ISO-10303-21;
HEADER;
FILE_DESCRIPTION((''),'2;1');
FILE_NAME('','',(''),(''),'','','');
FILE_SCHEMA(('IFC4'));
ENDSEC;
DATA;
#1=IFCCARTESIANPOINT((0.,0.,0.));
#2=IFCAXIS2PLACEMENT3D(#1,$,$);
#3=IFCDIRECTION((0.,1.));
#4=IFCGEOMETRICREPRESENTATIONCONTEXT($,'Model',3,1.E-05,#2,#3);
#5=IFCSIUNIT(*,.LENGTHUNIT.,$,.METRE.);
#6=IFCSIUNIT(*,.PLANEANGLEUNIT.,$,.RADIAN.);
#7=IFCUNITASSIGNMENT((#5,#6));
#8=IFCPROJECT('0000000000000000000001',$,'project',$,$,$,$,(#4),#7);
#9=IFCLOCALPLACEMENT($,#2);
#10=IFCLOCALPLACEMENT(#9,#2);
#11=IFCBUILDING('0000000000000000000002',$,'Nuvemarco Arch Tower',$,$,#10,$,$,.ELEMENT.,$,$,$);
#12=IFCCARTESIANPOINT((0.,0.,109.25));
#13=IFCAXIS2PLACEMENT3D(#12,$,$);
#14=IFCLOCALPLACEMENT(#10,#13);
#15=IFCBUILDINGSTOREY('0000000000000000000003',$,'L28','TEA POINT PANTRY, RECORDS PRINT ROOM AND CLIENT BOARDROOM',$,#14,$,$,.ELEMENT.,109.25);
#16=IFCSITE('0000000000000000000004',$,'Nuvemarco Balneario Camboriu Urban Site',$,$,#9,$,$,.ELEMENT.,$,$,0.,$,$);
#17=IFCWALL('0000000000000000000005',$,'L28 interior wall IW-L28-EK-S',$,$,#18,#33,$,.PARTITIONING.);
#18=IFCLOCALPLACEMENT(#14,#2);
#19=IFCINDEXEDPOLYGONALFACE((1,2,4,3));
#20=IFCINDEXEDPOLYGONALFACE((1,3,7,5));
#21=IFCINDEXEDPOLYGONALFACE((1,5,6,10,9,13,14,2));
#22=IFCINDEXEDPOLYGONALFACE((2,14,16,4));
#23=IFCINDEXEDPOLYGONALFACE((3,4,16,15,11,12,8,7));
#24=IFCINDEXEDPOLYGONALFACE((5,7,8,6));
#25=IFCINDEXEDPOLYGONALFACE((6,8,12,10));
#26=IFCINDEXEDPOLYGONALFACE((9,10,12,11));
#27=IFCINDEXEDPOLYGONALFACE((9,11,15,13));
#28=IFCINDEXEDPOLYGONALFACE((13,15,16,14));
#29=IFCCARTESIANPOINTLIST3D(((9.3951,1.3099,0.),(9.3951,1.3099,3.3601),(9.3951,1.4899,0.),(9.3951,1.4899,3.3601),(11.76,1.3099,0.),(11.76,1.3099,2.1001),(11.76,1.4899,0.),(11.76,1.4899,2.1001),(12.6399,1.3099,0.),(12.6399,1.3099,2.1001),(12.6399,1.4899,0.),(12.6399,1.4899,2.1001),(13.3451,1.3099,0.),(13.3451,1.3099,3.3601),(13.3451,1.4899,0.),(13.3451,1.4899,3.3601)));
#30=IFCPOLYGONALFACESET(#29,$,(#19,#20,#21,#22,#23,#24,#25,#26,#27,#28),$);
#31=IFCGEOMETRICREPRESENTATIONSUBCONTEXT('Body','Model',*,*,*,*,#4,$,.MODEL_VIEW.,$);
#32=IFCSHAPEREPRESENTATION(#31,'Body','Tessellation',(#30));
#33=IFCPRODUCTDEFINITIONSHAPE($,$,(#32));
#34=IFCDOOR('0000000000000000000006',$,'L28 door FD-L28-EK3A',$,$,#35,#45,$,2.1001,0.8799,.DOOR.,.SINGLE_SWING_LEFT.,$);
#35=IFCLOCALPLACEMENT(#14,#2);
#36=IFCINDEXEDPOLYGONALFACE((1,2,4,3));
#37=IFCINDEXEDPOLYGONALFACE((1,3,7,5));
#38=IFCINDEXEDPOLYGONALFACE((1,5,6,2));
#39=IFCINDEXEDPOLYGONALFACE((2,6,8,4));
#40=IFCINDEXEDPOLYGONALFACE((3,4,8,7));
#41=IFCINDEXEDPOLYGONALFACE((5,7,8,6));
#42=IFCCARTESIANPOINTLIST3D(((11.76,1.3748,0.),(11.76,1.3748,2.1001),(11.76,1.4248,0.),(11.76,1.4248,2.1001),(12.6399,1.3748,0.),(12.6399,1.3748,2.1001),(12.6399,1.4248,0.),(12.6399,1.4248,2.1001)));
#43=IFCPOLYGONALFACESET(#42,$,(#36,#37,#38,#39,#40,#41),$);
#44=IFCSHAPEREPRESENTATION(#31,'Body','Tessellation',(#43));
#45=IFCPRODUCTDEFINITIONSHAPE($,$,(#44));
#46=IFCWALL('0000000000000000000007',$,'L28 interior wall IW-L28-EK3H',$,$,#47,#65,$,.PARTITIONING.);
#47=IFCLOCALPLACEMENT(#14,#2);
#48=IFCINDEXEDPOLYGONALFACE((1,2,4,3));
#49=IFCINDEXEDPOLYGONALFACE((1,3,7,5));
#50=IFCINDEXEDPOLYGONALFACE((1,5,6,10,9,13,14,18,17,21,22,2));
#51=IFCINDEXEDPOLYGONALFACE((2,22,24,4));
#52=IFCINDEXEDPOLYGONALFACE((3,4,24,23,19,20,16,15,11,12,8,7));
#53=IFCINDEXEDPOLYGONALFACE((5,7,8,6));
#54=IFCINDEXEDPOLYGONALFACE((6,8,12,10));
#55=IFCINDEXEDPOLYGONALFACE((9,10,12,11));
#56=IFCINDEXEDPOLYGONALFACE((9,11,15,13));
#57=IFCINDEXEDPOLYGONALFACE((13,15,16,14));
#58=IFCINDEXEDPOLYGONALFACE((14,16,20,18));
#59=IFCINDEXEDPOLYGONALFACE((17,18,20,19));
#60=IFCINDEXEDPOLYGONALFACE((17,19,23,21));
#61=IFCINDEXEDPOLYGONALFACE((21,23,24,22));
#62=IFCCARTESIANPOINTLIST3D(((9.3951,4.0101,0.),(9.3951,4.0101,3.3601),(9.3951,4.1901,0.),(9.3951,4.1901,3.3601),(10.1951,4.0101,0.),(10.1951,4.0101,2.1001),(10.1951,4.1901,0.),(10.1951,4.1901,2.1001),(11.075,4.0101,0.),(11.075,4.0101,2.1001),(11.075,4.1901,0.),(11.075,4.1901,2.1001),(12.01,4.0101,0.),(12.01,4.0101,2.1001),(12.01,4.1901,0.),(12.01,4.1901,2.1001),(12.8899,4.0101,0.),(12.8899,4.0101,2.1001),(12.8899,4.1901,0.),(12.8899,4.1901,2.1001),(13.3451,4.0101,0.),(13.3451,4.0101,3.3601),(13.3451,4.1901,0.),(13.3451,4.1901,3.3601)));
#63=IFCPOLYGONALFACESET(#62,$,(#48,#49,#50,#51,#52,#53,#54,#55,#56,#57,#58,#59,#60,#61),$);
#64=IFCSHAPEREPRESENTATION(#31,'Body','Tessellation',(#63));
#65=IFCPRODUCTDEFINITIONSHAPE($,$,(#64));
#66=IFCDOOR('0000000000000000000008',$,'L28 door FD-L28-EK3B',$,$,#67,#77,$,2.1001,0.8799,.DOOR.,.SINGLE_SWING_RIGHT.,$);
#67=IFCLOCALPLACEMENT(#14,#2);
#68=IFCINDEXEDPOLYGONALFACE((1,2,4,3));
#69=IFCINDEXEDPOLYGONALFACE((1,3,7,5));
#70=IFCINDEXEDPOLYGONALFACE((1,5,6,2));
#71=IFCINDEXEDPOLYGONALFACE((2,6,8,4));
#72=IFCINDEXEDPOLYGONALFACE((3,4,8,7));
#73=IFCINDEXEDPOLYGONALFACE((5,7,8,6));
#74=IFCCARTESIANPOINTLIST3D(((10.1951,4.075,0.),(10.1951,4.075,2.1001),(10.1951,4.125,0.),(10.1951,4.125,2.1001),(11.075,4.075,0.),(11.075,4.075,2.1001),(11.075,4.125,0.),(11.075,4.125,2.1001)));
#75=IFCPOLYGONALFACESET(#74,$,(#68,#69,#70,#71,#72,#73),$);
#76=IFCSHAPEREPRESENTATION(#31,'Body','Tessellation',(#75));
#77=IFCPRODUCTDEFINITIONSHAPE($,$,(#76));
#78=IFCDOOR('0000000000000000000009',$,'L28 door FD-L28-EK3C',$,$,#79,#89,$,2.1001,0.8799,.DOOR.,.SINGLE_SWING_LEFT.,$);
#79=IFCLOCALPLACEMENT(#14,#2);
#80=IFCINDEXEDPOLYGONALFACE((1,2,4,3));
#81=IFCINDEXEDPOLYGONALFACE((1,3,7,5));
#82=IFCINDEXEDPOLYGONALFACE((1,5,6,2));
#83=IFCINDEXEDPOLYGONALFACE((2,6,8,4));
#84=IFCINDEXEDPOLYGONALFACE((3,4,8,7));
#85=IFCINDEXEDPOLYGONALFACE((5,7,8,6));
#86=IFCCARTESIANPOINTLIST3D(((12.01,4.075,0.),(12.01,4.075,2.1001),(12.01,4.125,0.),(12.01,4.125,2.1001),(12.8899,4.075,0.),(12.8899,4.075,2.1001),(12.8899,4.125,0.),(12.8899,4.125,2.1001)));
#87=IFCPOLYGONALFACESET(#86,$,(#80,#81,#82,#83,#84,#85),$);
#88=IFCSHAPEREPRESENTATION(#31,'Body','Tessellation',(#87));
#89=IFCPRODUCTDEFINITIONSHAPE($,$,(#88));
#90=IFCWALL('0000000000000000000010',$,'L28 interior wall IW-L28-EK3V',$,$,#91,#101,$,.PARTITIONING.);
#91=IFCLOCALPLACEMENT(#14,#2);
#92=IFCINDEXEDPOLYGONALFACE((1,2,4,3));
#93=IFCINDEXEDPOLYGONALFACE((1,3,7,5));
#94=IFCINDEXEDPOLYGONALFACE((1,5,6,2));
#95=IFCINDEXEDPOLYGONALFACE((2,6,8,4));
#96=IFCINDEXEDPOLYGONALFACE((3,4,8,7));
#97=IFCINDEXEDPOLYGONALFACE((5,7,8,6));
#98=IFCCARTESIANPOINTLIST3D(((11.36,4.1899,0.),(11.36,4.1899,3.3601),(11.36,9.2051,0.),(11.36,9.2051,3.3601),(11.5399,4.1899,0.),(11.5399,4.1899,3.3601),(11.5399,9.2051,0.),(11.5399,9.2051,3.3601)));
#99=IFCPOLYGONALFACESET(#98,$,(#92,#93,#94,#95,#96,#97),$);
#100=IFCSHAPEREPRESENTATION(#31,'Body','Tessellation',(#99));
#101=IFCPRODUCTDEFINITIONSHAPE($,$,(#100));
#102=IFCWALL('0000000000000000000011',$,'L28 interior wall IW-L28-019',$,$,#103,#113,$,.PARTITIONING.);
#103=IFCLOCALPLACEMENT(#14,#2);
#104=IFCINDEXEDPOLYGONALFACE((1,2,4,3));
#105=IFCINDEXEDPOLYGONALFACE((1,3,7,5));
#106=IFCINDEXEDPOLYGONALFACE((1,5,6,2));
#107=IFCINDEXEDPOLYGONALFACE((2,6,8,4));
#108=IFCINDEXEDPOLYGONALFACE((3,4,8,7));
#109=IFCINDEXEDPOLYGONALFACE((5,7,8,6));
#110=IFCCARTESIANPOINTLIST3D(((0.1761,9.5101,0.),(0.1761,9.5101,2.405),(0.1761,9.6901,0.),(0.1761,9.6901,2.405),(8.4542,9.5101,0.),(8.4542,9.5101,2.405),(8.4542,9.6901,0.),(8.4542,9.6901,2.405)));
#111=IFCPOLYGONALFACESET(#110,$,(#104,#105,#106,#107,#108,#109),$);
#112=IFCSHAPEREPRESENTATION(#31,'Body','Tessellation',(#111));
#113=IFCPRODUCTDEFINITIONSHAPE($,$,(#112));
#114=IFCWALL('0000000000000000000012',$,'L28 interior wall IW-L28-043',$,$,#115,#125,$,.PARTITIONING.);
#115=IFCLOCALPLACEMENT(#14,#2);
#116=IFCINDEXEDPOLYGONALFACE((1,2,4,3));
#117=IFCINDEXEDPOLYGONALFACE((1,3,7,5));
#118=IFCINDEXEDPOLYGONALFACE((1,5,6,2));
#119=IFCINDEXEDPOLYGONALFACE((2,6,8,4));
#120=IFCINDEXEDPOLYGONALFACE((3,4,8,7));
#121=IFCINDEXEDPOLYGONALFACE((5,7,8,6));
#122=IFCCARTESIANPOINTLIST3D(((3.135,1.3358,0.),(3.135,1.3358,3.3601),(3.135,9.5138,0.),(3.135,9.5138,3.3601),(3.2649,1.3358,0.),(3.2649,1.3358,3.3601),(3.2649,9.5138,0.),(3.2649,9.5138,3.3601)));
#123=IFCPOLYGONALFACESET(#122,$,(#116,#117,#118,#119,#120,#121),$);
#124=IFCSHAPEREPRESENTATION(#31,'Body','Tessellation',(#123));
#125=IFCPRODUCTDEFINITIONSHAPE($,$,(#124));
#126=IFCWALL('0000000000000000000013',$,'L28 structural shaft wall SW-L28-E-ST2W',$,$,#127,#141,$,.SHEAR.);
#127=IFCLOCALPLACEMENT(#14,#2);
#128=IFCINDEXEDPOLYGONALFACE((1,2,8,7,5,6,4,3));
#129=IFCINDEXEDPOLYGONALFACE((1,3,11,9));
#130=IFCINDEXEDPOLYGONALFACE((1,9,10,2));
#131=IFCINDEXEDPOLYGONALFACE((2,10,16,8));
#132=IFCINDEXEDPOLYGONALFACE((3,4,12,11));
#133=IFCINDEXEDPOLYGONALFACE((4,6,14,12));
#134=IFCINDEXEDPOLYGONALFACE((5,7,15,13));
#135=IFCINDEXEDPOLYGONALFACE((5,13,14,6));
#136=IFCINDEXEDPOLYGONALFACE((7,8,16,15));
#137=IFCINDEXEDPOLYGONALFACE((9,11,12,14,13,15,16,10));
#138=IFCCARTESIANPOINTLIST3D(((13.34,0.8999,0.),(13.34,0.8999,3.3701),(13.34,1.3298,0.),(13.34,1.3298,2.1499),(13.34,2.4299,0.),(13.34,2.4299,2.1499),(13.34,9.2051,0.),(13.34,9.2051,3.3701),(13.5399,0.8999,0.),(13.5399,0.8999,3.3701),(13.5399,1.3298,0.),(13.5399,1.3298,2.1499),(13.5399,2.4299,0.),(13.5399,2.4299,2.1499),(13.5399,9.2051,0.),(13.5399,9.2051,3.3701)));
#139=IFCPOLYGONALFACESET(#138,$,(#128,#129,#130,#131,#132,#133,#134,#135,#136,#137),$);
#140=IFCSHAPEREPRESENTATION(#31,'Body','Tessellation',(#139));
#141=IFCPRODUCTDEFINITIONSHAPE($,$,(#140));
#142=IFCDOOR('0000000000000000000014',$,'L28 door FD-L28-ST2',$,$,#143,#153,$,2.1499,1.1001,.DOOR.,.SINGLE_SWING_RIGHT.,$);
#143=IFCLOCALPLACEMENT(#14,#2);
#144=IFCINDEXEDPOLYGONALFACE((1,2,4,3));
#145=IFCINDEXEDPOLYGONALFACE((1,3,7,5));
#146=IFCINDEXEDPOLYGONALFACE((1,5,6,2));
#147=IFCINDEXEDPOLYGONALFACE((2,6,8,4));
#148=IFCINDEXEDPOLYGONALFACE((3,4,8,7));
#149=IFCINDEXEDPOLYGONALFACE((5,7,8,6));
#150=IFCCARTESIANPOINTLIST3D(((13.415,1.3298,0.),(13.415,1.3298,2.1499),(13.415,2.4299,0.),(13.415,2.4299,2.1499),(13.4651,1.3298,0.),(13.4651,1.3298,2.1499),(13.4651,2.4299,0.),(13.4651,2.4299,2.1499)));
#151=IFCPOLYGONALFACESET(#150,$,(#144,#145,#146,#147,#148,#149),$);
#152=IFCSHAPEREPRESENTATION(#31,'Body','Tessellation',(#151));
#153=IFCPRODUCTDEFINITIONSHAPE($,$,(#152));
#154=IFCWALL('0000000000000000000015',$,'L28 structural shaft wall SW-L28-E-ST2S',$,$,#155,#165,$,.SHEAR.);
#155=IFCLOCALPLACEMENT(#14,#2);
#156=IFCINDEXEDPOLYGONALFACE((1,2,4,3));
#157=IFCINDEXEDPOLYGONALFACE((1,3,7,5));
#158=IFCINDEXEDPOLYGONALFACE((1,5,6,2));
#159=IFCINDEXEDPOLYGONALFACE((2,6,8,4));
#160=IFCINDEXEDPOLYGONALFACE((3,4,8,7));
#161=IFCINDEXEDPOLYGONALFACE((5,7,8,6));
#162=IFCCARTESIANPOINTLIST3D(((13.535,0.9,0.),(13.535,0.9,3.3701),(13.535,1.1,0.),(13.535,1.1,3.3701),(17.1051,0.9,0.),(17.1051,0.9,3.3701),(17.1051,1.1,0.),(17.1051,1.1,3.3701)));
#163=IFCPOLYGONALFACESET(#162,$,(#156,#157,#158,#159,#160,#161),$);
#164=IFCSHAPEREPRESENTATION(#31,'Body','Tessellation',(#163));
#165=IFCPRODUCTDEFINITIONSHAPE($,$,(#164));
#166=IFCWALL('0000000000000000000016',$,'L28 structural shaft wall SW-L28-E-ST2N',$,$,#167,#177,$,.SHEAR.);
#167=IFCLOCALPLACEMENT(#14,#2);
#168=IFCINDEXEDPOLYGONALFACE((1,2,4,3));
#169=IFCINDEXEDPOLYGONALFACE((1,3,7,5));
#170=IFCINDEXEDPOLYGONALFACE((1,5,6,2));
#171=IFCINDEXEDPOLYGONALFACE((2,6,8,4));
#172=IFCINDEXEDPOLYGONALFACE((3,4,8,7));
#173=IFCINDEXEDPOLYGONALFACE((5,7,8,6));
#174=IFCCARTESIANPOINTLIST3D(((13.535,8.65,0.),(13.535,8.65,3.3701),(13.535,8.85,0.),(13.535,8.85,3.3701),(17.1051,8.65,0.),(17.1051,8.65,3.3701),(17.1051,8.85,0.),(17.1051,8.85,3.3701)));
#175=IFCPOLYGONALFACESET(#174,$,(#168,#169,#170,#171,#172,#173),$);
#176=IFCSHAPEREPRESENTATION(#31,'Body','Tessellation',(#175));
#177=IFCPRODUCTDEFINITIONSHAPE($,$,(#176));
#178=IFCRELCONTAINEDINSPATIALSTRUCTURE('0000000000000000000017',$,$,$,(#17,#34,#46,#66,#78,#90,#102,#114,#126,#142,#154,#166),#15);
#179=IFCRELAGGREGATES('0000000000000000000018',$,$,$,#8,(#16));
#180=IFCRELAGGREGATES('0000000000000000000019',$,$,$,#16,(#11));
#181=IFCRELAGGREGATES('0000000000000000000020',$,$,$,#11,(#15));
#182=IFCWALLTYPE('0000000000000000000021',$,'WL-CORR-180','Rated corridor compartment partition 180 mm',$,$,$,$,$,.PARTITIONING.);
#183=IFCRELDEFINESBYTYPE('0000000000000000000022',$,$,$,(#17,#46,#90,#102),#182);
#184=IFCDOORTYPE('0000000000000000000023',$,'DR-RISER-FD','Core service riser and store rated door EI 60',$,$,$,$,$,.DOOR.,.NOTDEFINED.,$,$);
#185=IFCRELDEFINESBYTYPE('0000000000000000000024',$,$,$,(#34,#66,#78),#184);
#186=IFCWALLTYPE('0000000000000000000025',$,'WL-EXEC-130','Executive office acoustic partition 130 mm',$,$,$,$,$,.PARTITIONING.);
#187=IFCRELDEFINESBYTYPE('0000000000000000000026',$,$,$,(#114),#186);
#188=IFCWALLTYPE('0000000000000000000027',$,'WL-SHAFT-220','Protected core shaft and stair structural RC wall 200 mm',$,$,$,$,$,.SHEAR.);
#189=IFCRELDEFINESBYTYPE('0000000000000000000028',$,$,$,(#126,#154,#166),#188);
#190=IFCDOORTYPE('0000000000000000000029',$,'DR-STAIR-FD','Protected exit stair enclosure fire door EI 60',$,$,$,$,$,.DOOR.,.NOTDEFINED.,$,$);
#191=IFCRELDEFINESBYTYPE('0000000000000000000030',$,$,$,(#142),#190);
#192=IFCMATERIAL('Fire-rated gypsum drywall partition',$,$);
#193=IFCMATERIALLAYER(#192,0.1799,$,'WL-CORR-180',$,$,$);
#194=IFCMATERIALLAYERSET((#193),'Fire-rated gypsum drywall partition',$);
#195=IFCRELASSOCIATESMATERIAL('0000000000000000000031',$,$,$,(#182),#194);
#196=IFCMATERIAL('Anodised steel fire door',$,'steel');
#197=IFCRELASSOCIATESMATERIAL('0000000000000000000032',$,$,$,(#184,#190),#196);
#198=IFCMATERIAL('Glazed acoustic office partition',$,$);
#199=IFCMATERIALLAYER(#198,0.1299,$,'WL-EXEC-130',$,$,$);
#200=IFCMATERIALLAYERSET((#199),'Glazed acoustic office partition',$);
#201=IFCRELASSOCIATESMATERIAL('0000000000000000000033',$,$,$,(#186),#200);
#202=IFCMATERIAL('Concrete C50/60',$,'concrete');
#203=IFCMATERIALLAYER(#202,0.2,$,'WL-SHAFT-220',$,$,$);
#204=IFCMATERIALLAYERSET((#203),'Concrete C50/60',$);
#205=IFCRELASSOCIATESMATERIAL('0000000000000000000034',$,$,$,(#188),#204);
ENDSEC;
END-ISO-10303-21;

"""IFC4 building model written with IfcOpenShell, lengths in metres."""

from ifc_helpers import new_model, si_unit, direction, frame, frame_2d, origin, place, context, subcontext, project, spatial, rectangle, extrude, source, transform, mapped, material, layer, layer_set, type_object, type_shapes, element, fill, save


model = new_model("IFC4")

# Units and contexts
model_context = context("Model", 3, precision=1e-05, world=origin(), true_north=direction((0.0, 1.0)))
body_context = subcontext(model_context, "Body", "Model", "MODEL_VIEW")
ifc_project = project(units=[si_unit("LENGTHUNIT", "METRE"), si_unit("PLANEANGLEUNIT", "RADIAN")], contexts=[model_context])

# Site, building, storey
site_placement = place(None, origin())
site = spatial("IfcSite", under=ifc_project, at=site_placement, Name="Nuvemarco Balneario Camboriu Urban Site", CompositionType="ELEMENT", RefElevation=0.0)
building_placement = place(site_placement, origin())
building = spatial("IfcBuilding", under=site, at=building_placement, Name="Nuvemarco Arch Tower", CompositionType="ELEMENT")
storey_placement = place(building_placement, frame((0.0, 0.0, 109.25)))
storey = spatial("IfcBuildingStorey", under=building, at=storey_placement, Name="L28", Description="TEA POINT PANTRY, RECORDS PRINT ROOM AND CLIENT BOARDROOM", CompositionType="ELEMENT", Elevation=109.25)

# Wall, opening, door
ifc_material_1 = material(Name="Fire-rated gypsum drywall partition")
ifc_layer_1 = layer(ifc_material_1, 0.1799, Name="WL-CORR-180")
ifc_layer_set_1 = layer_set([ifc_layer_1], Name="Fire-rated gypsum drywall partition")
wall_type_1 = type_object("IfcWallType", Name="WL-CORR-180", Description="Rated corridor compartment partition 180 mm", PredefinedType="PARTITIONING", material=ifc_layer_set_1)
wall_1_placement = place(storey_placement, frame((9.395, 1.3999, 0.0), z_axis=(0.0, 0.0, 1.0), x_axis=(1.0, 0.0, 0.0)))
wall_1 = element("IfcWall", 1, at=wall_1_placement, inside=storey, type_object=wall_type_1, Name="L28 interior wall IW-L28-EK-S", PredefinedType="PARTITIONING", context=body_context, shape_type="SweptSolid", body=[
    extrude(rectangle(XDim=3.95, YDim=0.1799, at=frame_2d((1.9751, 0.0))), origin(), (0.0, 0.0, 1.0), 3.3601),
])
opening_1_placement = place(wall_1_placement, frame((2.365, 0.0, 0.0)))
opening_1 = element("IfcOpeningElement", 2, at=opening_1_placement, cuts=wall_1, PredefinedType="OPENING", context=body_context, shape_type="SweptSolid", body=[
    extrude(rectangle(XDim=0.8799, YDim=2.1001, at=frame_2d((0.4399, 1.05))), frame((0.0, 0.0999, 0.0), z_axis=(0.0, -1.0, 0.0), x_axis=(1.0, 0.0, 0.0)), (0.0, 0.0, 1.0), 0.2),
])
ifc_material_2 = material(Name="Anodised steel fire door", Category="steel")
door_type_1 = type_object("IfcDoorType", Name="DR-RISER-FD", Description="Core service riser and store rated door EI 60", OperationType="NOTDEFINED", PredefinedType="DOOR", material=ifc_material_2)
shared_shape_1 = source(origin(), body_context, "Body", "SweptSolid", [
    extrude(rectangle(XDim=0.8799, YDim=2.1001, at=frame_2d((0.4399, 1.05))), frame((0.0, 0.0249, 0.0), z_axis=(0.0, -1.0, 0.0), x_axis=(1.0, 0.0, 0.0)), (0.0, 0.0, 1.0), 0.05),
])
type_shapes(door_type_1, [shared_shape_1])
door_1_placement = place(opening_1_placement, origin())
door_1 = element("IfcDoor", 3, at=door_1_placement, inside=storey, type_object=door_type_1, Name="L28 door FD-L28-EK3A", OperationType="SINGLE_SWING_LEFT", OverallHeight=2.1001, OverallWidth=0.8799, PredefinedType="DOOR", context=body_context, shape_type="MappedRepresentation", body=[
    mapped(shared_shape_1, transform((0.0, 0.0, 0.0), scale=1.0)),
])
fill(opening_1, door_1)

# Wall, openings, doors
wall_2_placement = place(storey_placement, frame((9.395, 4.1001, 0.0), z_axis=(0.0, 0.0, 1.0), x_axis=(1.0, 0.0, 0.0)))
wall_2 = element("IfcWall", 4, at=wall_2_placement, inside=storey, type_object=wall_type_1, Name="L28 interior wall IW-L28-EK3H", PredefinedType="PARTITIONING", context=body_context, shape_type="SweptSolid", body=[
    extrude(rectangle(XDim=3.95, YDim=0.1799, at=frame_2d((1.9751, 0.0))), origin(), (0.0, 0.0, 1.0), 3.3601),
])
opening_2_placement = place(wall_2_placement, frame((0.8, 0.0, 0.0)))
opening_2 = element("IfcOpeningElement", 5, at=opening_2_placement, cuts=wall_2, PredefinedType="OPENING", context=body_context, shape_type="SweptSolid", body=[
    extrude(rectangle(XDim=0.8799, YDim=2.1001, at=frame_2d((0.4399, 1.05))), frame((0.0, 0.0999, 0.0), z_axis=(0.0, -1.0, 0.0), x_axis=(1.0, 0.0, 0.0)), (0.0, 0.0, 1.0), 0.2),
])
opening_3_placement = place(wall_2_placement, frame((2.615, 0.0, 0.0)))
opening_3 = element("IfcOpeningElement", 6, at=opening_3_placement, cuts=wall_2, PredefinedType="OPENING", context=body_context, shape_type="SweptSolid", body=[
    extrude(rectangle(XDim=0.8799, YDim=2.1001, at=frame_2d((0.4399, 1.05))), frame((0.0, 0.0999, 0.0), z_axis=(0.0, -1.0, 0.0), x_axis=(1.0, 0.0, 0.0)), (0.0, 0.0, 1.0), 0.2),
])
door_2_placement = place(opening_2_placement, origin())
door_2 = element("IfcDoor", 7, at=door_2_placement, inside=storey, type_object=door_type_1, Name="L28 door FD-L28-EK3B", OperationType="SINGLE_SWING_RIGHT", OverallHeight=2.1001, OverallWidth=0.8799, PredefinedType="DOOR", context=body_context, shape_type="MappedRepresentation", body=[
    mapped(shared_shape_1, transform((0.0, 0.0, 0.0), scale=1.0)),
])
fill(opening_2, door_2)
door_3_placement = place(opening_3_placement, origin())
door_3 = element("IfcDoor", 8, at=door_3_placement, inside=storey, type_object=door_type_1, Name="L28 door FD-L28-EK3C", OperationType="SINGLE_SWING_LEFT", OverallHeight=2.1001, OverallWidth=0.8799, PredefinedType="DOOR", context=body_context, shape_type="MappedRepresentation", body=[
    mapped(shared_shape_1, transform((0.0, 0.0, 0.0), scale=1.0)),
])
fill(opening_3, door_3)

# Walls
wall_3_placement = place(storey_placement, frame((11.45, 4.1899, 0.0), z_axis=(0.0, 0.0, 1.0), x_axis=(0.0, 1.0, 0.0)))
element("IfcWall", 9, at=wall_3_placement, inside=storey, type_object=wall_type_1, Name="L28 interior wall IW-L28-EK3V", PredefinedType="PARTITIONING", context=body_context, shape_type="SweptSolid", body=[
    extrude(rectangle(XDim=5.0151, YDim=0.1799, at=frame_2d((2.5076, 0.0))), origin(), (0.0, 0.0, 1.0), 3.3601),
])
wall_4_placement = place(storey_placement, frame((0.176, 9.6001, 0.0), z_axis=(0.0, 0.0, 1.0), x_axis=(1.0, 0.0, 0.0)))
element("IfcWall", 10, at=wall_4_placement, inside=storey, type_object=wall_type_1, Name="L28 interior wall IW-L28-019", PredefinedType="PARTITIONING", context=body_context, shape_type="SweptSolid", body=[
    extrude(rectangle(XDim=8.2781, YDim=0.1799, at=frame_2d((4.1392, 0.0))), origin(), (0.0, 0.0, 1.0), 2.405),
])
ifc_material_3 = material(Name="Glazed acoustic office partition")
ifc_layer_2 = layer(ifc_material_3, 0.1299, Name="WL-EXEC-130")
ifc_layer_set_2 = layer_set([ifc_layer_2], Name="Glazed acoustic office partition")
wall_type_2 = type_object("IfcWallType", Name="WL-EXEC-130", Description="Executive office acoustic partition 130 mm", PredefinedType="PARTITIONING", material=ifc_layer_set_2)
wall_5_placement = place(storey_placement, frame((3.2, 1.3359, 0.0), z_axis=(0.0, 0.0, 1.0), x_axis=(0.0, 1.0, 0.0)))
element("IfcWall", 11, at=wall_5_placement, inside=storey, type_object=wall_type_2, Name="L28 interior wall IW-L28-043", PredefinedType="PARTITIONING", context=body_context, shape_type="SweptSolid", body=[
    extrude(rectangle(XDim=8.178, YDim=0.1299, at=frame_2d((4.0889, 0.0))), origin(), (0.0, 0.0, 1.0), 3.3601),
])

# Wall, opening, door
ifc_material_4 = material(Name="Concrete C50/60", Category="concrete")
ifc_layer_3 = layer(ifc_material_4, 0.2, Name="WL-SHAFT-220")
ifc_layer_set_3 = layer_set([ifc_layer_3], Name="Concrete C50/60")
wall_type_3 = type_object("IfcWallType", Name="WL-SHAFT-220", Description="Protected core shaft and stair structural RC wall 200 mm", PredefinedType="SHEAR", material=ifc_layer_set_3)
wall_6_placement = place(storey_placement, frame((13.4399, 0.8999, 0.0), z_axis=(0.0, 0.0, 1.0), x_axis=(0.0, 1.0, 0.0)))
wall_6 = element("IfcWall", 12, at=wall_6_placement, inside=storey, type_object=wall_type_3, Name="L28 structural shaft wall SW-L28-E-ST2W", PredefinedType="SHEAR", context=body_context, shape_type="SweptSolid", body=[
    extrude(rectangle(XDim=8.3052, YDim=0.2, at=frame_2d((4.1526, 0.0))), origin(), (0.0, 0.0, 1.0), 3.3701),
])
opening_4_placement = place(wall_6_placement, frame((0.4299, 0.0, 0.0)))
opening_4 = element("IfcOpeningElement", 13, at=opening_4_placement, cuts=wall_6, PredefinedType="OPENING", context=body_context, shape_type="SweptSolid", body=[
    extrude(rectangle(XDim=1.1001, YDim=2.1499, at=frame_2d((0.55, 1.075))), frame((0.0, 0.1099, 0.0), z_axis=(0.0, -1.0, 0.0), x_axis=(1.0, 0.0, 0.0)), (0.0, 0.0, 1.0), 0.22),
])
door_type_2 = type_object("IfcDoorType", Name="DR-STAIR-FD", Description="Protected exit stair enclosure fire door EI 60", OperationType="NOTDEFINED", PredefinedType="DOOR", material=ifc_material_2)
shared_shape_2 = source(origin(), body_context, "Body", "SweptSolid", [
    extrude(rectangle(XDim=1.1001, YDim=2.1499, at=frame_2d((0.55, 1.075))), frame((0.0, 0.0249, 0.0), z_axis=(0.0, -1.0, 0.0), x_axis=(1.0, 0.0, 0.0)), (0.0, 0.0, 1.0), 0.05),
])
type_shapes(door_type_2, [shared_shape_2])
door_4_placement = place(opening_4_placement, origin())
door_4 = element("IfcDoor", 14, at=door_4_placement, inside=storey, type_object=door_type_2, Name="L28 door FD-L28-ST2", OperationType="SINGLE_SWING_RIGHT", OverallHeight=2.1499, OverallWidth=1.1001, PredefinedType="DOOR", context=body_context, shape_type="MappedRepresentation", body=[
    mapped(shared_shape_2, transform((0.0, 0.0, 0.0), scale=1.0)),
])
fill(opening_4, door_4)

# Walls
for number, where, z_axis, x_axis, name in (
    (15, (13.5349, 1.0, 0.0), (0.0, 0.0, 1.0), (1.0, 0.0, 0.0), "L28 structural shaft wall SW-L28-E-ST2S"),
    (16, (13.5349, 8.75, 0.0), (0.0, 0.0, 1.0), (1.0, 0.0, 0.0), "L28 structural shaft wall SW-L28-E-ST2N"),
):
    element("IfcWall", number, at=place(storey_placement, frame(where, z_axis=z_axis, x_axis=x_axis)), inside=storey, type_object=wall_type_3, Name=name, PredefinedType="SHEAR", context=body_context, shape_type="SweptSolid", body=[
        extrude(rectangle(XDim=3.5701, YDim=0.2, at=frame_2d((1.7852, 0.0))), origin(), (0.0, 0.0, 1.0), 3.3701),
    ])

save(model, "model.ifc")
